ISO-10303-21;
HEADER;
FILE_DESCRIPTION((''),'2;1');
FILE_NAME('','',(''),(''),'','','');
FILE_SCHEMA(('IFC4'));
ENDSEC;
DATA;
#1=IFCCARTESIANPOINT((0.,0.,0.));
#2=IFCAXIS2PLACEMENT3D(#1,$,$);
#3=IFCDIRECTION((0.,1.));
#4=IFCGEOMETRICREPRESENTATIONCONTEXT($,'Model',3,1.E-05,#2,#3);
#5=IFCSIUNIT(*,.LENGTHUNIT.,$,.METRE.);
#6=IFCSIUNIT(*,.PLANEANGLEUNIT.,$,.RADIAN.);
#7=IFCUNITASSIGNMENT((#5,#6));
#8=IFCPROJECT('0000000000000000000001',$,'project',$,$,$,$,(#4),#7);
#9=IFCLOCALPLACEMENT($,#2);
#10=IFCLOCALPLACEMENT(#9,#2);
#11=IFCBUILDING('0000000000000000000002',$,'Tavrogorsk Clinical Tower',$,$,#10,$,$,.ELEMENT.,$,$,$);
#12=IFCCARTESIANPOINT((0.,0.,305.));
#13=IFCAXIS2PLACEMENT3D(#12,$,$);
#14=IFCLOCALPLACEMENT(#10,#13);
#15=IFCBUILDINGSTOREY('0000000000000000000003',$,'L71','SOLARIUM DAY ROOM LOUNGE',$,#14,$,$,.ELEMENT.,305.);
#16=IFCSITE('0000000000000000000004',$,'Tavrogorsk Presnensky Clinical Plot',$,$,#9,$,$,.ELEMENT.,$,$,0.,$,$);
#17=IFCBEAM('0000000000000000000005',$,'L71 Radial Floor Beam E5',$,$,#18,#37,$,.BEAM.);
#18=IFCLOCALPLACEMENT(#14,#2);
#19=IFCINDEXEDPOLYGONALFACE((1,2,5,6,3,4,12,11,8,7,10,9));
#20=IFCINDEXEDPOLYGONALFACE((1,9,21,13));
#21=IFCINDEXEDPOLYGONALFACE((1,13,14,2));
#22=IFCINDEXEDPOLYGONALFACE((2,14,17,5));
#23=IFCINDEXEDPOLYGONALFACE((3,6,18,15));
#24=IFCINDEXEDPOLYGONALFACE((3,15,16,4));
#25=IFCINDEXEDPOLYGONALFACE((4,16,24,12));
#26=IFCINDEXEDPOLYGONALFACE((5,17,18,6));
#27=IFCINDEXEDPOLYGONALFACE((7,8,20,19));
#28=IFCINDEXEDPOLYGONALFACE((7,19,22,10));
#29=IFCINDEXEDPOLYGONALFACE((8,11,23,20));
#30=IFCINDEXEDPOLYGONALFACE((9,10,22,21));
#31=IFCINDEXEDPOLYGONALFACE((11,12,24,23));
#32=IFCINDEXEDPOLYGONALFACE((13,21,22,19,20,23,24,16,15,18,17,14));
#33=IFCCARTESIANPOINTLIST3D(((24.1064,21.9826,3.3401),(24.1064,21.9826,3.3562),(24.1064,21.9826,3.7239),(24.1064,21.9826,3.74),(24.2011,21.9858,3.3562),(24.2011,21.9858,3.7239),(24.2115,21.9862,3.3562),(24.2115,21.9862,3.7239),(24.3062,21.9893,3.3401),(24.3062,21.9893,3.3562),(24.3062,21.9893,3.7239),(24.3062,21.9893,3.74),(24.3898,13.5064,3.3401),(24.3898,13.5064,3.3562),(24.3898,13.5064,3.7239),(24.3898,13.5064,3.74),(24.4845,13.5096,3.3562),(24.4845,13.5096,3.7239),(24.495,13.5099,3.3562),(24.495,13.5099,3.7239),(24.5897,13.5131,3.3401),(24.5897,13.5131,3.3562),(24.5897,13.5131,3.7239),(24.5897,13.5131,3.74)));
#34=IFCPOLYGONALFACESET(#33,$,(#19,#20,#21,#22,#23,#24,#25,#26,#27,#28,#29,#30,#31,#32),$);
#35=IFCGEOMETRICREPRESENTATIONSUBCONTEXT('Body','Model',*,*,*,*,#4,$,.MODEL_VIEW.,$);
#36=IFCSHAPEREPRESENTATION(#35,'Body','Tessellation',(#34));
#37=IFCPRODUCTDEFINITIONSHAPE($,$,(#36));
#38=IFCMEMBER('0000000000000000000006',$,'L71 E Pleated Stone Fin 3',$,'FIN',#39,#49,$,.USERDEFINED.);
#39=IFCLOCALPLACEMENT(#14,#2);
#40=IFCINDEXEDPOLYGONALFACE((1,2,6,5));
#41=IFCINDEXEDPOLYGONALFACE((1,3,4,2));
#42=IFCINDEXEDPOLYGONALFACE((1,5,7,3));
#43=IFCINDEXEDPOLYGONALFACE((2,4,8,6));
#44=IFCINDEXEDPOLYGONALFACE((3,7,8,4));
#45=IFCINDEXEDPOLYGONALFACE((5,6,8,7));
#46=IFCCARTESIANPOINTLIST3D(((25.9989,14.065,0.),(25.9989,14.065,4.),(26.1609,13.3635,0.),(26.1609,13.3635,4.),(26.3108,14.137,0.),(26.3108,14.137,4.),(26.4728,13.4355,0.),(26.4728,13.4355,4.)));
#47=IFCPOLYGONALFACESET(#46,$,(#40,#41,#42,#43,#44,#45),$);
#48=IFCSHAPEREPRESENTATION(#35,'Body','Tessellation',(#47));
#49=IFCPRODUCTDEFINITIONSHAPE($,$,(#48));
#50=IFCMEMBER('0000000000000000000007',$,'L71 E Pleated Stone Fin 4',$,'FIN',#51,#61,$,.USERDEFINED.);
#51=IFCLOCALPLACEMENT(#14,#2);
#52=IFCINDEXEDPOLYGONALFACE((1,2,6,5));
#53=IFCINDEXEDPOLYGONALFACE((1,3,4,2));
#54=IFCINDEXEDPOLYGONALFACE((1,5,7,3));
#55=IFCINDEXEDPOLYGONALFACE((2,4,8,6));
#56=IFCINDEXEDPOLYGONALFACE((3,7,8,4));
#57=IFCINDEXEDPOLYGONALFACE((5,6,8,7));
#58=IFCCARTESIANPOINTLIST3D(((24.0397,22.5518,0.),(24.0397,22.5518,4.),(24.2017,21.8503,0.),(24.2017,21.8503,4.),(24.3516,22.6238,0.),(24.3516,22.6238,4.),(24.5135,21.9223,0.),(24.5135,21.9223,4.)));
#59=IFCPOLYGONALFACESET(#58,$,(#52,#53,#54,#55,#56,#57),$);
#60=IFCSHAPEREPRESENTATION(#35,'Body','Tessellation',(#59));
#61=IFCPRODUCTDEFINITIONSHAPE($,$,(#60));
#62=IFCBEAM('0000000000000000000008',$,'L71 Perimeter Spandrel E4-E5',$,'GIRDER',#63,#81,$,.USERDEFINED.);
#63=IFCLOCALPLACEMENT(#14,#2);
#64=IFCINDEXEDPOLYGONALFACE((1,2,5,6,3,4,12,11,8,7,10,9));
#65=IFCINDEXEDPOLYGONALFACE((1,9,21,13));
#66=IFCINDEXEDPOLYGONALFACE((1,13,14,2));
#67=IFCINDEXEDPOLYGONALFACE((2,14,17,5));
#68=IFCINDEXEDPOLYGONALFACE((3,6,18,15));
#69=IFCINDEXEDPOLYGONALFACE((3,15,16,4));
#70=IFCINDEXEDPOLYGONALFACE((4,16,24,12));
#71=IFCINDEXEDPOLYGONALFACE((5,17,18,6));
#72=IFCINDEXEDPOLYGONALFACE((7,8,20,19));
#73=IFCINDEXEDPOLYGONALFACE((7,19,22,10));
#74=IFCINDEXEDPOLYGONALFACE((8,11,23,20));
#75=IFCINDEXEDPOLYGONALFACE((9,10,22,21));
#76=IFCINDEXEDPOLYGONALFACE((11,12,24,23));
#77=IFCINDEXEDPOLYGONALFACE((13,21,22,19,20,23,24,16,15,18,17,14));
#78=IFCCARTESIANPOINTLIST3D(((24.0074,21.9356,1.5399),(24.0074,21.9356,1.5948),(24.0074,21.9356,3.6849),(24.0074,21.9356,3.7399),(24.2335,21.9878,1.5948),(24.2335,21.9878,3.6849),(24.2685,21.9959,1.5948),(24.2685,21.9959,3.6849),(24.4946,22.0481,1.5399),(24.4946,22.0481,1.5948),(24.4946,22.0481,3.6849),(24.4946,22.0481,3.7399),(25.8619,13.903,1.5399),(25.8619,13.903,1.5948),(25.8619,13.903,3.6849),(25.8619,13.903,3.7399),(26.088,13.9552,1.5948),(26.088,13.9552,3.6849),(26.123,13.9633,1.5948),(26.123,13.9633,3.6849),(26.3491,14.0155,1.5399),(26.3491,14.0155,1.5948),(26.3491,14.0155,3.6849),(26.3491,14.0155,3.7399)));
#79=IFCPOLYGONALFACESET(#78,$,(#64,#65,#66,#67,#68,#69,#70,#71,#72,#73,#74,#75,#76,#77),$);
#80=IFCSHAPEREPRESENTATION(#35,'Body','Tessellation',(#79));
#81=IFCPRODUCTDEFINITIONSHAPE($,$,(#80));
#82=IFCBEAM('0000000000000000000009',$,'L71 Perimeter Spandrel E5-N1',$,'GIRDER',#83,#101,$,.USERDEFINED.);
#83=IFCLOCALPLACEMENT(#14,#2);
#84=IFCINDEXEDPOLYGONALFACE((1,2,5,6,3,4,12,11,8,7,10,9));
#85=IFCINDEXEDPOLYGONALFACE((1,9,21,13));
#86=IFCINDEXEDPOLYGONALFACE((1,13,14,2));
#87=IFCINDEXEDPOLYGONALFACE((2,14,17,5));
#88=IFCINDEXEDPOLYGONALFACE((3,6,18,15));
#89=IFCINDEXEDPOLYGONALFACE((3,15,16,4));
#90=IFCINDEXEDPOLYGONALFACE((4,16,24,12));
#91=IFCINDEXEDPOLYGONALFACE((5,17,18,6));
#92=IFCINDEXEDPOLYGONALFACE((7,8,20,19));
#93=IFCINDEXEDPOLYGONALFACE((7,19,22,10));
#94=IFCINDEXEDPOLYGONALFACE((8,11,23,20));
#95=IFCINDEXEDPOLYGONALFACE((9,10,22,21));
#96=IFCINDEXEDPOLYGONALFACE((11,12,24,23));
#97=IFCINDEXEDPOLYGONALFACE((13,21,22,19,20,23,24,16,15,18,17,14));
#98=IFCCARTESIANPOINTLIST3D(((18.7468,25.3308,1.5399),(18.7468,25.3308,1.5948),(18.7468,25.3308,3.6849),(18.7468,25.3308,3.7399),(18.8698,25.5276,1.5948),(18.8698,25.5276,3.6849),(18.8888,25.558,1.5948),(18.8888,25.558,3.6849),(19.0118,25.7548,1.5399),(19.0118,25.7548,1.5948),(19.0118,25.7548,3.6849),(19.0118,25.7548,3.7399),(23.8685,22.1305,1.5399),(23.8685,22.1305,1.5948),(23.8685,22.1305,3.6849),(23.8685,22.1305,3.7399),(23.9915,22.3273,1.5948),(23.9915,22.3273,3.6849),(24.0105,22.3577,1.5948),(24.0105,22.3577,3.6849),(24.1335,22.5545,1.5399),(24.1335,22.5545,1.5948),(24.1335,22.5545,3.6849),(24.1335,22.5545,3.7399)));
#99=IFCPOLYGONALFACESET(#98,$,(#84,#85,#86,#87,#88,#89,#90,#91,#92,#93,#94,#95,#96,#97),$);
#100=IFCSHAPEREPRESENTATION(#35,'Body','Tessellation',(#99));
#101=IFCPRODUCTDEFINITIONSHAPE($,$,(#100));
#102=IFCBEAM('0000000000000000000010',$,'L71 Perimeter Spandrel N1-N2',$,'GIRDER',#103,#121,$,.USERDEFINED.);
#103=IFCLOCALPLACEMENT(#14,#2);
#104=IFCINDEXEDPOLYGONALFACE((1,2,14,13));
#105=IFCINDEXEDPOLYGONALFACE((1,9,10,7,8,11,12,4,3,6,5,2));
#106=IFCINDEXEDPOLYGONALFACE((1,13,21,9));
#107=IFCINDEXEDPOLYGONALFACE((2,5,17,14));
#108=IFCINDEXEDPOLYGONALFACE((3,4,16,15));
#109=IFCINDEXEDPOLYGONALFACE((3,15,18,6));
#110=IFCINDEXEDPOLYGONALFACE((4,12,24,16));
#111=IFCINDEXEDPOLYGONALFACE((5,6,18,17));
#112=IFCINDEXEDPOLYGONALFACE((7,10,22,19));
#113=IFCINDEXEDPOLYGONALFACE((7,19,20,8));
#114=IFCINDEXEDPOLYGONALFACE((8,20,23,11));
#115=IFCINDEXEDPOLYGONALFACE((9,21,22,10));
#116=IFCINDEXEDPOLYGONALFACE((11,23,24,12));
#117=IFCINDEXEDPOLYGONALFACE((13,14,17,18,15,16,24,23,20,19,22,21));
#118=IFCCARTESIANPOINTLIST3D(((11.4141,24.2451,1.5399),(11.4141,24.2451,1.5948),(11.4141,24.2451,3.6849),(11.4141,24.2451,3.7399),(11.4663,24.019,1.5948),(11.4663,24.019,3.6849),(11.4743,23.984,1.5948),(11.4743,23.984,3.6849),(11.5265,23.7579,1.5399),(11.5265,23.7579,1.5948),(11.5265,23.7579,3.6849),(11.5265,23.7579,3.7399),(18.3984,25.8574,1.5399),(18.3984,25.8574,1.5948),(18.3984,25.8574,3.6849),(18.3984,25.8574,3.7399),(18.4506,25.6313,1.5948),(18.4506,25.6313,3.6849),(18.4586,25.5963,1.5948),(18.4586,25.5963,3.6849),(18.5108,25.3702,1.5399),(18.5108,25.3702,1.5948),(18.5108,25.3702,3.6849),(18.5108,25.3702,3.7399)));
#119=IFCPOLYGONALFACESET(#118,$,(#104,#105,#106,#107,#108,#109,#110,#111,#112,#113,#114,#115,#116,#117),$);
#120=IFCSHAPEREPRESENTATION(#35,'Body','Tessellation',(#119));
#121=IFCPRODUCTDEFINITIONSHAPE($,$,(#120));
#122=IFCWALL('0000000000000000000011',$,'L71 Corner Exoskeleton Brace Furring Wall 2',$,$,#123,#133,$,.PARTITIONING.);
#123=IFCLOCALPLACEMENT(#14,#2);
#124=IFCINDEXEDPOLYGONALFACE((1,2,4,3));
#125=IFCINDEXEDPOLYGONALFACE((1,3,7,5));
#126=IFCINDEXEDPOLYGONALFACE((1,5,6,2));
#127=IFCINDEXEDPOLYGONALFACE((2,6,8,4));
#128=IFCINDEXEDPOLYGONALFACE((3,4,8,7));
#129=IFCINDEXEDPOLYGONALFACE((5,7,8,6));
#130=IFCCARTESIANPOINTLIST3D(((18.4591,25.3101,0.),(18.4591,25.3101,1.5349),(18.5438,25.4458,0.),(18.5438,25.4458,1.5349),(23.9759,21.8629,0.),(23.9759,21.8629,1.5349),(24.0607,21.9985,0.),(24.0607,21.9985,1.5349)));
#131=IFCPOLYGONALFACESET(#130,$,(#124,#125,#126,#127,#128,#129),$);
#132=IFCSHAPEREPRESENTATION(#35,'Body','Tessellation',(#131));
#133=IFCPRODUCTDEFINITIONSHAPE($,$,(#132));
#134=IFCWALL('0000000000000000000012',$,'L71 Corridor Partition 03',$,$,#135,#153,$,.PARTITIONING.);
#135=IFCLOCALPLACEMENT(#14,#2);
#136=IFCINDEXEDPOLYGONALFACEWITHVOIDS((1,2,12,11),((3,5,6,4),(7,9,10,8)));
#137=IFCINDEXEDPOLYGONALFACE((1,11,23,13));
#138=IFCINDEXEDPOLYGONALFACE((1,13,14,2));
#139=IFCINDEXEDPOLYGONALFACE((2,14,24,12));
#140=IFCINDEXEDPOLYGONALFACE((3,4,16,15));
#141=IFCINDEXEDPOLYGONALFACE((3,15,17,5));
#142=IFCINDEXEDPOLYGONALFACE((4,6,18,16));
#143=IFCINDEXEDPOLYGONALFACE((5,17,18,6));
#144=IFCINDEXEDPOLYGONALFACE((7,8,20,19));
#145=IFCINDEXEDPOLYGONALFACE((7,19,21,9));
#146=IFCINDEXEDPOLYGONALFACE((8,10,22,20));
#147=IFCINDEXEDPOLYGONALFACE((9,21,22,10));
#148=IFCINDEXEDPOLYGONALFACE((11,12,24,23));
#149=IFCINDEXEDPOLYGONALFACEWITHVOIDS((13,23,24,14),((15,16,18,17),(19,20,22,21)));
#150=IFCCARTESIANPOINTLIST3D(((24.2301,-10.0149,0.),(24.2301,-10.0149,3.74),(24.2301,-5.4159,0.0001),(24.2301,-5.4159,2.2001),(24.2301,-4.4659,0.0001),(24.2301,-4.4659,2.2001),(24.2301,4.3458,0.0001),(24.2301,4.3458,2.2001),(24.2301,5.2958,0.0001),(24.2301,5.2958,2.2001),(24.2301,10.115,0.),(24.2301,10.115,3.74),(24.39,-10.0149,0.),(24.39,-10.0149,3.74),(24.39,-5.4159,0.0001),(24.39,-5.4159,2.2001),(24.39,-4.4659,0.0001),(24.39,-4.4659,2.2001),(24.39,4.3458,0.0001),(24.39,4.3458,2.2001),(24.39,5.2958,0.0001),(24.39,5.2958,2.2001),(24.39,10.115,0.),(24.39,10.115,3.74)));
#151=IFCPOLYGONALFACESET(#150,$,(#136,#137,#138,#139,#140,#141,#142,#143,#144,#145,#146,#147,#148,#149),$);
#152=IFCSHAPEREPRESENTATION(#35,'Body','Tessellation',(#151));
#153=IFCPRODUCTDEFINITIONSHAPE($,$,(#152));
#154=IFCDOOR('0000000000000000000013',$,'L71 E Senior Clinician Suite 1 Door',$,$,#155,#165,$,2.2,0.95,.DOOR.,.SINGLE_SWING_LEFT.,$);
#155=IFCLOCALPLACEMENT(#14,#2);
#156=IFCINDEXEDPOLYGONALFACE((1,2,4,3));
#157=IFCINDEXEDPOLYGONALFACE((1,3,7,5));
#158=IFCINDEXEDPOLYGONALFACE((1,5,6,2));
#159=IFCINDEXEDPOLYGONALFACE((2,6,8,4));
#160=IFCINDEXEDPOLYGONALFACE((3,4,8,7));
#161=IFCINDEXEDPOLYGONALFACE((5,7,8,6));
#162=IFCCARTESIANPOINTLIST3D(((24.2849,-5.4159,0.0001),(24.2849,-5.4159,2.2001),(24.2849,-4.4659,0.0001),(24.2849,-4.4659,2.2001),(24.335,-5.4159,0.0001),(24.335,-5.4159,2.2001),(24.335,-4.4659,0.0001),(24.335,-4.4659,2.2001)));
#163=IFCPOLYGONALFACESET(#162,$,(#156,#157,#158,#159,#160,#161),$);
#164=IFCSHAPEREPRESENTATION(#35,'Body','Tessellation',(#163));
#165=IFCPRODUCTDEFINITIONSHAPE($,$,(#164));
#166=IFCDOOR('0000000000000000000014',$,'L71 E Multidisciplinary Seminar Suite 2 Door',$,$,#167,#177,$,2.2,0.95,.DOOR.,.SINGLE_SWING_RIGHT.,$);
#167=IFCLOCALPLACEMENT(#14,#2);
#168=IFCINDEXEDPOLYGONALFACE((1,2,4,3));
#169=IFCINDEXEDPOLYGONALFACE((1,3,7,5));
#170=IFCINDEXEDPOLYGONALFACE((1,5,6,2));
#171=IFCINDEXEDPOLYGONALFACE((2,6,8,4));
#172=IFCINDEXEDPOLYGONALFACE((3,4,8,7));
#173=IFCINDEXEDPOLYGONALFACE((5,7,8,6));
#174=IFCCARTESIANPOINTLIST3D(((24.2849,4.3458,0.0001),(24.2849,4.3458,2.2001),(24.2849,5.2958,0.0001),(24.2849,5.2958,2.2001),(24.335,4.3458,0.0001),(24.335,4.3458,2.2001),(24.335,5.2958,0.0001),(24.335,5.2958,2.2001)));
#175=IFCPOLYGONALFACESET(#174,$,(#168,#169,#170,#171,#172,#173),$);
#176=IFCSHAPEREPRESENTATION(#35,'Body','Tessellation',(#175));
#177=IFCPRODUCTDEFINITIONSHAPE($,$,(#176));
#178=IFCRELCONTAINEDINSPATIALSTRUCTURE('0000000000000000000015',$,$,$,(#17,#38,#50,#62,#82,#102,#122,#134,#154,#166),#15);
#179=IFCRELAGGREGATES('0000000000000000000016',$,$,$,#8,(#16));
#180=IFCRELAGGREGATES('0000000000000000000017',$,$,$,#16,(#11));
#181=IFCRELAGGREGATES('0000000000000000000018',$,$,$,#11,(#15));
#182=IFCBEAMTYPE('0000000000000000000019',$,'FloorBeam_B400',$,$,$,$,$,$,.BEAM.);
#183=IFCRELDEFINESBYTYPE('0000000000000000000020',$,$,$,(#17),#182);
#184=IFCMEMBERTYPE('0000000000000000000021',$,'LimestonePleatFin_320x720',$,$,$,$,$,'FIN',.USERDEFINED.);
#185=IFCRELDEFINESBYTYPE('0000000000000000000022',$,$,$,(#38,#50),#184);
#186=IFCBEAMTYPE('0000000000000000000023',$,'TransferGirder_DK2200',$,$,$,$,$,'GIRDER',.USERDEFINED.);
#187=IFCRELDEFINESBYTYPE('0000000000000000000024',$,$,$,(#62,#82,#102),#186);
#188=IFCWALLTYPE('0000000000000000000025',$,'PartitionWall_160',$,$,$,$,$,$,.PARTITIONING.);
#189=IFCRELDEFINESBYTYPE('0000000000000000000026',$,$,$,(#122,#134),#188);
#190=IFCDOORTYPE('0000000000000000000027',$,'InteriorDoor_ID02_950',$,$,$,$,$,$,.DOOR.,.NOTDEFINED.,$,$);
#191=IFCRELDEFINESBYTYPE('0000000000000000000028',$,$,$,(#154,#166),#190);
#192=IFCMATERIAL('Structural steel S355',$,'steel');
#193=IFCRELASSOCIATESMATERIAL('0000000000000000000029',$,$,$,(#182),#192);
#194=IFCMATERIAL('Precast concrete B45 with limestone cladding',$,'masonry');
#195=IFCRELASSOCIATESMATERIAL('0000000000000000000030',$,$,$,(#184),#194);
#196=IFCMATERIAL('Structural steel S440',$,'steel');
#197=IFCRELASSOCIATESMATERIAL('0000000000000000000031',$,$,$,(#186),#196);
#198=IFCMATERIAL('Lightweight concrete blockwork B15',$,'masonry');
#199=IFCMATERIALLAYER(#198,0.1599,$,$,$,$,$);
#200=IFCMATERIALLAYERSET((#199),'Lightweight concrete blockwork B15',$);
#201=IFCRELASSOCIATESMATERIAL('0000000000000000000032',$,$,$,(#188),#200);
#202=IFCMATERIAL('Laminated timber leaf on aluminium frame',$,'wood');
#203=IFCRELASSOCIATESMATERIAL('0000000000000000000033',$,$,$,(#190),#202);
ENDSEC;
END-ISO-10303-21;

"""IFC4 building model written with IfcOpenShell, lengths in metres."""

from ifc_helpers import new_model, si_unit, direction, frame, frame_2d, origin, origin_2d, place, context, subcontext, project, spatial, rectangle, i_section, extrude, material, layer, layer_set, material_profile, profile_set, type_object, element, fill, save


model = new_model("IFC4")

# Units and contexts
model_context = context("Model", 3, precision=1e-05, world=origin(), true_north=direction((0.0, 1.0)))
body_context = subcontext(model_context, "Body", "Model", "MODEL_VIEW")
ifc_project = project(units=[si_unit("LENGTHUNIT", "METRE"), si_unit("PLANEANGLEUNIT", "RADIAN")], contexts=[model_context])

# Site, building, storey
site_placement = place(None, origin())
site = spatial("IfcSite", under=ifc_project, at=site_placement, Name="Tavrogorsk Presnensky Clinical Plot", CompositionType="ELEMENT", RefElevation=0.0)
building_placement = place(site_placement, origin())
building = spatial("IfcBuilding", under=site, at=building_placement, Name="Tavrogorsk Clinical Tower", CompositionType="ELEMENT")
storey_placement = place(building_placement, frame((0.0, 0.0, 305.0)))
storey = spatial("IfcBuildingStorey", under=building, at=storey_placement, Name="L71", Description="SOLARIUM DAY ROOM LOUNGE", CompositionType="ELEMENT", Elevation=305.0)

# Beam
ifc_material_1 = material(Name="Structural steel S355", Category="steel")
ifc_material_profile_1 = material_profile(ifc_material_1, i_section(OverallWidth=0.2, OverallDepth=0.3999, WebThickness=0.0105, FlangeThickness=0.0161, at=origin_2d()), Name="B-400x200x10.5x16")
ifc_profile_set_1 = profile_set([ifc_material_profile_1], Name="Structural steel S355")
beam_type_1 = type_object("IfcBeamType", Name="FloorBeam_B400", PredefinedType="BEAM", material=ifc_profile_set_1)
beam_1_placement = place(storey_placement, frame((24.4897, 13.5098, 3.54), z_axis=(-0.033421, 0.999441, 0.0), x_axis=(-0.999441, -0.033421, 0.0)))
element("IfcBeam", 1, at=beam_1_placement, inside=storey, type_object=beam_type_1, Name="L71 Radial Floor Beam E5", PredefinedType="BEAM", context=body_context, shape_type="SweptSolid", body=[
    extrude(i_section(OverallWidth=0.2, OverallDepth=0.3999, WebThickness=0.0105, FlangeThickness=0.0161, at=origin_2d()), origin(), (0.0, 0.0, 1.0), 8.481),
])

# Members
ifc_material_2 = material(Name="Precast concrete B45 with limestone cladding", Category="masonry")
ifc_material_profile_2 = material_profile(ifc_material_2, rectangle(XDim=0.3201, YDim=0.72, at=origin_2d()), Name="LIMESTONE-FIN-320x720")
ifc_profile_set_2 = profile_set([ifc_material_profile_2], Name="Precast concrete B45 with limestone cladding")
member_type_1 = type_object("IfcMemberType", Name="LimestonePleatFin_320x720", ElementType="FIN", PredefinedType="USERDEFINED", material=ifc_profile_set_2)
for number, where, z_axis, x_axis, name in (
    (2, (26.2358, 13.7502, 0.0), (0.0, 0.0, 1.0), (0.97437, 0.224951, 0.0), "L71 E Pleated Stone Fin 3"),
    (3, (24.2766, 22.2371, 0.0), (0.0, 0.0, 1.0), (0.97437, 0.224951, 0.0), "L71 E Pleated Stone Fin 4"),
):
    element("IfcMember", number, at=place(storey_placement, frame(where, z_axis=z_axis, x_axis=x_axis)), inside=storey, type_object=member_type_1, Name=name, ObjectType="FIN", PredefinedType="USERDEFINED", context=body_context, shape_type="SweptSolid", body=[
        extrude(rectangle(XDim=0.3201, YDim=0.72, at=origin_2d()), origin(), (0.0, 0.0, 1.0), 4.0),
    ])

# Beams
ifc_material_3 = material(Name="Structural steel S440", Category="steel")
ifc_material_profile_3 = material_profile(ifc_material_3, i_section(OverallWidth=0.5, OverallDepth=2.2, WebThickness=0.0359, FlangeThickness=0.0549, at=origin_2d()), Name="DK-2200x500x36x55")
ifc_profile_set_3 = profile_set([ifc_material_profile_3], Name="Structural steel S440")
beam_type_2 = type_object("IfcBeamType", Name="TransferGirder_DK2200", ElementType="GIRDER", PredefinedType="USERDEFINED", material=ifc_profile_set_3)
beam_2_placement = place(storey_placement, frame((26.1055, 13.9592, 2.6399), z_axis=(-0.22495, 0.97437, 0.0), x_axis=(-0.97437, -0.22495, 0.0)))
element("IfcBeam", 4, at=beam_2_placement, inside=storey, type_object=beam_type_2, Name="L71 Perimeter Spandrel E4-E5", ObjectType="GIRDER", PredefinedType="USERDEFINED", context=body_context, shape_type="SweptSolid", body=[
    extrude(i_section(OverallWidth=0.5, OverallDepth=2.2, WebThickness=0.0359, FlangeThickness=0.0549, at=origin_2d()), origin(), (0.0, 0.0, 1.0), 8.2439),
])
beam_3_placement = place(storey_placement, frame((24.001, 22.3425, 2.6399), z_axis=(-0.848057, 0.529904, 0.0), x_axis=(-0.529904, -0.848057, 0.0)))
element("IfcBeam", 5, at=beam_3_placement, inside=storey, type_object=beam_type_2, Name="L71 Perimeter Spandrel E5-N1", ObjectType="GIRDER", PredefinedType="USERDEFINED", context=body_context, shape_type="SweptSolid", body=[
    extrude(i_section(OverallWidth=0.5, OverallDepth=2.2, WebThickness=0.0359, FlangeThickness=0.0549, at=origin_2d()), origin(), (0.0, 0.0, 1.0), 6.0393),
])
beam_4_placement = place(storey_placement, frame((18.4546, 25.6138, 2.6399), z_axis=(-0.974375, -0.224929, 0.0), x_axis=(0.224929, -0.974375, 0.0)))
element("IfcBeam", 6, at=beam_4_placement, inside=storey, type_object=beam_type_2, Name="L71 Perimeter Spandrel N1-N2", ObjectType="GIRDER", PredefinedType="USERDEFINED", context=body_context, shape_type="SweptSolid", body=[
    extrude(i_section(OverallWidth=0.5, OverallDepth=2.2, WebThickness=0.0359, FlangeThickness=0.0549, at=origin_2d()), origin(), (0.0, 0.0, 1.0), 7.168),
])

# Wall
ifc_material_4 = material(Name="Lightweight concrete blockwork B15", Category="masonry")
ifc_layer_1 = layer(ifc_material_4, 0.1599)
ifc_layer_set_1 = layer_set([ifc_layer_1], Name="Lightweight concrete blockwork B15")
wall_type_1 = type_object("IfcWallType", Name="PartitionWall_160", PredefinedType="PARTITIONING", material=ifc_layer_set_1)
wall_1_placement = place(storey_placement, frame((24.0183, 21.9307, 0.0), z_axis=(0.0, 0.0, 1.0), x_axis=(-0.848051, 0.529915, 0.0)))
element("IfcWall", 7, at=wall_1_placement, inside=storey, type_object=wall_type_1, Name="L71 Corner Exoskeleton Brace Furring Wall 2", PredefinedType="PARTITIONING", context=body_context, shape_type="SweptSolid", body=[
    extrude(rectangle(XDim=6.5054, YDim=0.1599, at=frame_2d((3.2527, 0.0))), origin(), (0.0, 0.0, 1.0), 1.5349),
])

# Wall, openings, doors
wall_2_placement = place(storey_placement, frame((24.3101, 10.115, 0.0), z_axis=(0.0, 0.0, 1.0), x_axis=(0.0, -1.0, 0.0)))
wall_2 = element("IfcWall", 8, at=wall_2_placement, inside=storey, type_object=wall_type_1, Name="L71 Corridor Partition 03", PredefinedType="PARTITIONING", context=body_context, shape_type="SweptSolid", body=[
    extrude(rectangle(XDim=20.1299, YDim=0.1599, at=frame_2d((10.0649, 0.0))), origin(), (0.0, 0.0, 1.0), 3.74),
])
opening_1_placement = place(wall_2_placement, frame((14.5808, 0.0, 0.0)))
opening_1 = element("IfcOpeningElement", 9, at=opening_1_placement, cuts=wall_2, PredefinedType="OPENING", context=body_context, shape_type="SweptSolid", body=[
    extrude(rectangle(XDim=0.95, YDim=2.2, at=frame_2d((0.4751, 1.1001))), frame((0.0, 0.0898, 0.0), z_axis=(0.0, -1.0, 0.0), x_axis=(1.0, 0.0, 0.0)), (0.0, 0.0, 1.0), 0.1799),
])
opening_2_placement = place(wall_2_placement, frame((4.8191, 0.0, 0.0)))
opening_2 = element("IfcOpeningElement", 10, at=opening_2_placement, cuts=wall_2, PredefinedType="OPENING", context=body_context, shape_type="SweptSolid", body=[
    extrude(rectangle(XDim=0.95, YDim=2.2, at=frame_2d((0.4751, 1.1001))), frame((0.0, 0.0898, 0.0), z_axis=(0.0, -1.0, 0.0), x_axis=(1.0, 0.0, 0.0)), (0.0, 0.0, 1.0), 0.1799),
])
ifc_material_5 = material(Name="Laminated timber leaf on aluminium frame", Category="wood")
door_type = type_object("IfcDoorType", Name="InteriorDoor_ID02_950", OperationType="NOTDEFINED", PredefinedType="DOOR", material=ifc_material_5)
door_1_placement = place(opening_1_placement, origin())
door_1 = element("IfcDoor", 11, at=door_1_placement, inside=storey, type_object=door_type, Name="L71 E Senior Clinician Suite 1 Door", OperationType="SINGLE_SWING_LEFT", OverallHeight=2.2, OverallWidth=0.95, PredefinedType="DOOR", context=body_context, shape_type="SweptSolid", body=[
    extrude(rectangle(XDim=0.95, YDim=2.2, at=frame_2d((0.4751, 1.1001))), frame((0.0, 0.0249, 0.0), z_axis=(0.0, -1.0, 0.0), x_axis=(1.0, 0.0, 0.0)), (0.0, 0.0, 1.0), 0.05),
])
fill(opening_1, door_1)
door_2_placement = place(opening_2_placement, origin())
door_2 = element("IfcDoor", 12, at=door_2_placement, inside=storey, type_object=door_type, Name="L71 E Multidisciplinary Seminar Suite 2 Door", OperationType="SINGLE_SWING_RIGHT", OverallHeight=2.2, OverallWidth=0.95, PredefinedType="DOOR", context=body_context, shape_type="SweptSolid", body=[
    extrude(rectangle(XDim=0.95, YDim=2.2, at=frame_2d((0.4751, 1.1001))), frame((0.0, 0.0249, 0.0), z_axis=(0.0, -1.0, 0.0), x_axis=(1.0, 0.0, 0.0)), (0.0, 0.0, 1.0), 0.05),
])
fill(opening_2, door_2)

save(model, "model.ifc")
